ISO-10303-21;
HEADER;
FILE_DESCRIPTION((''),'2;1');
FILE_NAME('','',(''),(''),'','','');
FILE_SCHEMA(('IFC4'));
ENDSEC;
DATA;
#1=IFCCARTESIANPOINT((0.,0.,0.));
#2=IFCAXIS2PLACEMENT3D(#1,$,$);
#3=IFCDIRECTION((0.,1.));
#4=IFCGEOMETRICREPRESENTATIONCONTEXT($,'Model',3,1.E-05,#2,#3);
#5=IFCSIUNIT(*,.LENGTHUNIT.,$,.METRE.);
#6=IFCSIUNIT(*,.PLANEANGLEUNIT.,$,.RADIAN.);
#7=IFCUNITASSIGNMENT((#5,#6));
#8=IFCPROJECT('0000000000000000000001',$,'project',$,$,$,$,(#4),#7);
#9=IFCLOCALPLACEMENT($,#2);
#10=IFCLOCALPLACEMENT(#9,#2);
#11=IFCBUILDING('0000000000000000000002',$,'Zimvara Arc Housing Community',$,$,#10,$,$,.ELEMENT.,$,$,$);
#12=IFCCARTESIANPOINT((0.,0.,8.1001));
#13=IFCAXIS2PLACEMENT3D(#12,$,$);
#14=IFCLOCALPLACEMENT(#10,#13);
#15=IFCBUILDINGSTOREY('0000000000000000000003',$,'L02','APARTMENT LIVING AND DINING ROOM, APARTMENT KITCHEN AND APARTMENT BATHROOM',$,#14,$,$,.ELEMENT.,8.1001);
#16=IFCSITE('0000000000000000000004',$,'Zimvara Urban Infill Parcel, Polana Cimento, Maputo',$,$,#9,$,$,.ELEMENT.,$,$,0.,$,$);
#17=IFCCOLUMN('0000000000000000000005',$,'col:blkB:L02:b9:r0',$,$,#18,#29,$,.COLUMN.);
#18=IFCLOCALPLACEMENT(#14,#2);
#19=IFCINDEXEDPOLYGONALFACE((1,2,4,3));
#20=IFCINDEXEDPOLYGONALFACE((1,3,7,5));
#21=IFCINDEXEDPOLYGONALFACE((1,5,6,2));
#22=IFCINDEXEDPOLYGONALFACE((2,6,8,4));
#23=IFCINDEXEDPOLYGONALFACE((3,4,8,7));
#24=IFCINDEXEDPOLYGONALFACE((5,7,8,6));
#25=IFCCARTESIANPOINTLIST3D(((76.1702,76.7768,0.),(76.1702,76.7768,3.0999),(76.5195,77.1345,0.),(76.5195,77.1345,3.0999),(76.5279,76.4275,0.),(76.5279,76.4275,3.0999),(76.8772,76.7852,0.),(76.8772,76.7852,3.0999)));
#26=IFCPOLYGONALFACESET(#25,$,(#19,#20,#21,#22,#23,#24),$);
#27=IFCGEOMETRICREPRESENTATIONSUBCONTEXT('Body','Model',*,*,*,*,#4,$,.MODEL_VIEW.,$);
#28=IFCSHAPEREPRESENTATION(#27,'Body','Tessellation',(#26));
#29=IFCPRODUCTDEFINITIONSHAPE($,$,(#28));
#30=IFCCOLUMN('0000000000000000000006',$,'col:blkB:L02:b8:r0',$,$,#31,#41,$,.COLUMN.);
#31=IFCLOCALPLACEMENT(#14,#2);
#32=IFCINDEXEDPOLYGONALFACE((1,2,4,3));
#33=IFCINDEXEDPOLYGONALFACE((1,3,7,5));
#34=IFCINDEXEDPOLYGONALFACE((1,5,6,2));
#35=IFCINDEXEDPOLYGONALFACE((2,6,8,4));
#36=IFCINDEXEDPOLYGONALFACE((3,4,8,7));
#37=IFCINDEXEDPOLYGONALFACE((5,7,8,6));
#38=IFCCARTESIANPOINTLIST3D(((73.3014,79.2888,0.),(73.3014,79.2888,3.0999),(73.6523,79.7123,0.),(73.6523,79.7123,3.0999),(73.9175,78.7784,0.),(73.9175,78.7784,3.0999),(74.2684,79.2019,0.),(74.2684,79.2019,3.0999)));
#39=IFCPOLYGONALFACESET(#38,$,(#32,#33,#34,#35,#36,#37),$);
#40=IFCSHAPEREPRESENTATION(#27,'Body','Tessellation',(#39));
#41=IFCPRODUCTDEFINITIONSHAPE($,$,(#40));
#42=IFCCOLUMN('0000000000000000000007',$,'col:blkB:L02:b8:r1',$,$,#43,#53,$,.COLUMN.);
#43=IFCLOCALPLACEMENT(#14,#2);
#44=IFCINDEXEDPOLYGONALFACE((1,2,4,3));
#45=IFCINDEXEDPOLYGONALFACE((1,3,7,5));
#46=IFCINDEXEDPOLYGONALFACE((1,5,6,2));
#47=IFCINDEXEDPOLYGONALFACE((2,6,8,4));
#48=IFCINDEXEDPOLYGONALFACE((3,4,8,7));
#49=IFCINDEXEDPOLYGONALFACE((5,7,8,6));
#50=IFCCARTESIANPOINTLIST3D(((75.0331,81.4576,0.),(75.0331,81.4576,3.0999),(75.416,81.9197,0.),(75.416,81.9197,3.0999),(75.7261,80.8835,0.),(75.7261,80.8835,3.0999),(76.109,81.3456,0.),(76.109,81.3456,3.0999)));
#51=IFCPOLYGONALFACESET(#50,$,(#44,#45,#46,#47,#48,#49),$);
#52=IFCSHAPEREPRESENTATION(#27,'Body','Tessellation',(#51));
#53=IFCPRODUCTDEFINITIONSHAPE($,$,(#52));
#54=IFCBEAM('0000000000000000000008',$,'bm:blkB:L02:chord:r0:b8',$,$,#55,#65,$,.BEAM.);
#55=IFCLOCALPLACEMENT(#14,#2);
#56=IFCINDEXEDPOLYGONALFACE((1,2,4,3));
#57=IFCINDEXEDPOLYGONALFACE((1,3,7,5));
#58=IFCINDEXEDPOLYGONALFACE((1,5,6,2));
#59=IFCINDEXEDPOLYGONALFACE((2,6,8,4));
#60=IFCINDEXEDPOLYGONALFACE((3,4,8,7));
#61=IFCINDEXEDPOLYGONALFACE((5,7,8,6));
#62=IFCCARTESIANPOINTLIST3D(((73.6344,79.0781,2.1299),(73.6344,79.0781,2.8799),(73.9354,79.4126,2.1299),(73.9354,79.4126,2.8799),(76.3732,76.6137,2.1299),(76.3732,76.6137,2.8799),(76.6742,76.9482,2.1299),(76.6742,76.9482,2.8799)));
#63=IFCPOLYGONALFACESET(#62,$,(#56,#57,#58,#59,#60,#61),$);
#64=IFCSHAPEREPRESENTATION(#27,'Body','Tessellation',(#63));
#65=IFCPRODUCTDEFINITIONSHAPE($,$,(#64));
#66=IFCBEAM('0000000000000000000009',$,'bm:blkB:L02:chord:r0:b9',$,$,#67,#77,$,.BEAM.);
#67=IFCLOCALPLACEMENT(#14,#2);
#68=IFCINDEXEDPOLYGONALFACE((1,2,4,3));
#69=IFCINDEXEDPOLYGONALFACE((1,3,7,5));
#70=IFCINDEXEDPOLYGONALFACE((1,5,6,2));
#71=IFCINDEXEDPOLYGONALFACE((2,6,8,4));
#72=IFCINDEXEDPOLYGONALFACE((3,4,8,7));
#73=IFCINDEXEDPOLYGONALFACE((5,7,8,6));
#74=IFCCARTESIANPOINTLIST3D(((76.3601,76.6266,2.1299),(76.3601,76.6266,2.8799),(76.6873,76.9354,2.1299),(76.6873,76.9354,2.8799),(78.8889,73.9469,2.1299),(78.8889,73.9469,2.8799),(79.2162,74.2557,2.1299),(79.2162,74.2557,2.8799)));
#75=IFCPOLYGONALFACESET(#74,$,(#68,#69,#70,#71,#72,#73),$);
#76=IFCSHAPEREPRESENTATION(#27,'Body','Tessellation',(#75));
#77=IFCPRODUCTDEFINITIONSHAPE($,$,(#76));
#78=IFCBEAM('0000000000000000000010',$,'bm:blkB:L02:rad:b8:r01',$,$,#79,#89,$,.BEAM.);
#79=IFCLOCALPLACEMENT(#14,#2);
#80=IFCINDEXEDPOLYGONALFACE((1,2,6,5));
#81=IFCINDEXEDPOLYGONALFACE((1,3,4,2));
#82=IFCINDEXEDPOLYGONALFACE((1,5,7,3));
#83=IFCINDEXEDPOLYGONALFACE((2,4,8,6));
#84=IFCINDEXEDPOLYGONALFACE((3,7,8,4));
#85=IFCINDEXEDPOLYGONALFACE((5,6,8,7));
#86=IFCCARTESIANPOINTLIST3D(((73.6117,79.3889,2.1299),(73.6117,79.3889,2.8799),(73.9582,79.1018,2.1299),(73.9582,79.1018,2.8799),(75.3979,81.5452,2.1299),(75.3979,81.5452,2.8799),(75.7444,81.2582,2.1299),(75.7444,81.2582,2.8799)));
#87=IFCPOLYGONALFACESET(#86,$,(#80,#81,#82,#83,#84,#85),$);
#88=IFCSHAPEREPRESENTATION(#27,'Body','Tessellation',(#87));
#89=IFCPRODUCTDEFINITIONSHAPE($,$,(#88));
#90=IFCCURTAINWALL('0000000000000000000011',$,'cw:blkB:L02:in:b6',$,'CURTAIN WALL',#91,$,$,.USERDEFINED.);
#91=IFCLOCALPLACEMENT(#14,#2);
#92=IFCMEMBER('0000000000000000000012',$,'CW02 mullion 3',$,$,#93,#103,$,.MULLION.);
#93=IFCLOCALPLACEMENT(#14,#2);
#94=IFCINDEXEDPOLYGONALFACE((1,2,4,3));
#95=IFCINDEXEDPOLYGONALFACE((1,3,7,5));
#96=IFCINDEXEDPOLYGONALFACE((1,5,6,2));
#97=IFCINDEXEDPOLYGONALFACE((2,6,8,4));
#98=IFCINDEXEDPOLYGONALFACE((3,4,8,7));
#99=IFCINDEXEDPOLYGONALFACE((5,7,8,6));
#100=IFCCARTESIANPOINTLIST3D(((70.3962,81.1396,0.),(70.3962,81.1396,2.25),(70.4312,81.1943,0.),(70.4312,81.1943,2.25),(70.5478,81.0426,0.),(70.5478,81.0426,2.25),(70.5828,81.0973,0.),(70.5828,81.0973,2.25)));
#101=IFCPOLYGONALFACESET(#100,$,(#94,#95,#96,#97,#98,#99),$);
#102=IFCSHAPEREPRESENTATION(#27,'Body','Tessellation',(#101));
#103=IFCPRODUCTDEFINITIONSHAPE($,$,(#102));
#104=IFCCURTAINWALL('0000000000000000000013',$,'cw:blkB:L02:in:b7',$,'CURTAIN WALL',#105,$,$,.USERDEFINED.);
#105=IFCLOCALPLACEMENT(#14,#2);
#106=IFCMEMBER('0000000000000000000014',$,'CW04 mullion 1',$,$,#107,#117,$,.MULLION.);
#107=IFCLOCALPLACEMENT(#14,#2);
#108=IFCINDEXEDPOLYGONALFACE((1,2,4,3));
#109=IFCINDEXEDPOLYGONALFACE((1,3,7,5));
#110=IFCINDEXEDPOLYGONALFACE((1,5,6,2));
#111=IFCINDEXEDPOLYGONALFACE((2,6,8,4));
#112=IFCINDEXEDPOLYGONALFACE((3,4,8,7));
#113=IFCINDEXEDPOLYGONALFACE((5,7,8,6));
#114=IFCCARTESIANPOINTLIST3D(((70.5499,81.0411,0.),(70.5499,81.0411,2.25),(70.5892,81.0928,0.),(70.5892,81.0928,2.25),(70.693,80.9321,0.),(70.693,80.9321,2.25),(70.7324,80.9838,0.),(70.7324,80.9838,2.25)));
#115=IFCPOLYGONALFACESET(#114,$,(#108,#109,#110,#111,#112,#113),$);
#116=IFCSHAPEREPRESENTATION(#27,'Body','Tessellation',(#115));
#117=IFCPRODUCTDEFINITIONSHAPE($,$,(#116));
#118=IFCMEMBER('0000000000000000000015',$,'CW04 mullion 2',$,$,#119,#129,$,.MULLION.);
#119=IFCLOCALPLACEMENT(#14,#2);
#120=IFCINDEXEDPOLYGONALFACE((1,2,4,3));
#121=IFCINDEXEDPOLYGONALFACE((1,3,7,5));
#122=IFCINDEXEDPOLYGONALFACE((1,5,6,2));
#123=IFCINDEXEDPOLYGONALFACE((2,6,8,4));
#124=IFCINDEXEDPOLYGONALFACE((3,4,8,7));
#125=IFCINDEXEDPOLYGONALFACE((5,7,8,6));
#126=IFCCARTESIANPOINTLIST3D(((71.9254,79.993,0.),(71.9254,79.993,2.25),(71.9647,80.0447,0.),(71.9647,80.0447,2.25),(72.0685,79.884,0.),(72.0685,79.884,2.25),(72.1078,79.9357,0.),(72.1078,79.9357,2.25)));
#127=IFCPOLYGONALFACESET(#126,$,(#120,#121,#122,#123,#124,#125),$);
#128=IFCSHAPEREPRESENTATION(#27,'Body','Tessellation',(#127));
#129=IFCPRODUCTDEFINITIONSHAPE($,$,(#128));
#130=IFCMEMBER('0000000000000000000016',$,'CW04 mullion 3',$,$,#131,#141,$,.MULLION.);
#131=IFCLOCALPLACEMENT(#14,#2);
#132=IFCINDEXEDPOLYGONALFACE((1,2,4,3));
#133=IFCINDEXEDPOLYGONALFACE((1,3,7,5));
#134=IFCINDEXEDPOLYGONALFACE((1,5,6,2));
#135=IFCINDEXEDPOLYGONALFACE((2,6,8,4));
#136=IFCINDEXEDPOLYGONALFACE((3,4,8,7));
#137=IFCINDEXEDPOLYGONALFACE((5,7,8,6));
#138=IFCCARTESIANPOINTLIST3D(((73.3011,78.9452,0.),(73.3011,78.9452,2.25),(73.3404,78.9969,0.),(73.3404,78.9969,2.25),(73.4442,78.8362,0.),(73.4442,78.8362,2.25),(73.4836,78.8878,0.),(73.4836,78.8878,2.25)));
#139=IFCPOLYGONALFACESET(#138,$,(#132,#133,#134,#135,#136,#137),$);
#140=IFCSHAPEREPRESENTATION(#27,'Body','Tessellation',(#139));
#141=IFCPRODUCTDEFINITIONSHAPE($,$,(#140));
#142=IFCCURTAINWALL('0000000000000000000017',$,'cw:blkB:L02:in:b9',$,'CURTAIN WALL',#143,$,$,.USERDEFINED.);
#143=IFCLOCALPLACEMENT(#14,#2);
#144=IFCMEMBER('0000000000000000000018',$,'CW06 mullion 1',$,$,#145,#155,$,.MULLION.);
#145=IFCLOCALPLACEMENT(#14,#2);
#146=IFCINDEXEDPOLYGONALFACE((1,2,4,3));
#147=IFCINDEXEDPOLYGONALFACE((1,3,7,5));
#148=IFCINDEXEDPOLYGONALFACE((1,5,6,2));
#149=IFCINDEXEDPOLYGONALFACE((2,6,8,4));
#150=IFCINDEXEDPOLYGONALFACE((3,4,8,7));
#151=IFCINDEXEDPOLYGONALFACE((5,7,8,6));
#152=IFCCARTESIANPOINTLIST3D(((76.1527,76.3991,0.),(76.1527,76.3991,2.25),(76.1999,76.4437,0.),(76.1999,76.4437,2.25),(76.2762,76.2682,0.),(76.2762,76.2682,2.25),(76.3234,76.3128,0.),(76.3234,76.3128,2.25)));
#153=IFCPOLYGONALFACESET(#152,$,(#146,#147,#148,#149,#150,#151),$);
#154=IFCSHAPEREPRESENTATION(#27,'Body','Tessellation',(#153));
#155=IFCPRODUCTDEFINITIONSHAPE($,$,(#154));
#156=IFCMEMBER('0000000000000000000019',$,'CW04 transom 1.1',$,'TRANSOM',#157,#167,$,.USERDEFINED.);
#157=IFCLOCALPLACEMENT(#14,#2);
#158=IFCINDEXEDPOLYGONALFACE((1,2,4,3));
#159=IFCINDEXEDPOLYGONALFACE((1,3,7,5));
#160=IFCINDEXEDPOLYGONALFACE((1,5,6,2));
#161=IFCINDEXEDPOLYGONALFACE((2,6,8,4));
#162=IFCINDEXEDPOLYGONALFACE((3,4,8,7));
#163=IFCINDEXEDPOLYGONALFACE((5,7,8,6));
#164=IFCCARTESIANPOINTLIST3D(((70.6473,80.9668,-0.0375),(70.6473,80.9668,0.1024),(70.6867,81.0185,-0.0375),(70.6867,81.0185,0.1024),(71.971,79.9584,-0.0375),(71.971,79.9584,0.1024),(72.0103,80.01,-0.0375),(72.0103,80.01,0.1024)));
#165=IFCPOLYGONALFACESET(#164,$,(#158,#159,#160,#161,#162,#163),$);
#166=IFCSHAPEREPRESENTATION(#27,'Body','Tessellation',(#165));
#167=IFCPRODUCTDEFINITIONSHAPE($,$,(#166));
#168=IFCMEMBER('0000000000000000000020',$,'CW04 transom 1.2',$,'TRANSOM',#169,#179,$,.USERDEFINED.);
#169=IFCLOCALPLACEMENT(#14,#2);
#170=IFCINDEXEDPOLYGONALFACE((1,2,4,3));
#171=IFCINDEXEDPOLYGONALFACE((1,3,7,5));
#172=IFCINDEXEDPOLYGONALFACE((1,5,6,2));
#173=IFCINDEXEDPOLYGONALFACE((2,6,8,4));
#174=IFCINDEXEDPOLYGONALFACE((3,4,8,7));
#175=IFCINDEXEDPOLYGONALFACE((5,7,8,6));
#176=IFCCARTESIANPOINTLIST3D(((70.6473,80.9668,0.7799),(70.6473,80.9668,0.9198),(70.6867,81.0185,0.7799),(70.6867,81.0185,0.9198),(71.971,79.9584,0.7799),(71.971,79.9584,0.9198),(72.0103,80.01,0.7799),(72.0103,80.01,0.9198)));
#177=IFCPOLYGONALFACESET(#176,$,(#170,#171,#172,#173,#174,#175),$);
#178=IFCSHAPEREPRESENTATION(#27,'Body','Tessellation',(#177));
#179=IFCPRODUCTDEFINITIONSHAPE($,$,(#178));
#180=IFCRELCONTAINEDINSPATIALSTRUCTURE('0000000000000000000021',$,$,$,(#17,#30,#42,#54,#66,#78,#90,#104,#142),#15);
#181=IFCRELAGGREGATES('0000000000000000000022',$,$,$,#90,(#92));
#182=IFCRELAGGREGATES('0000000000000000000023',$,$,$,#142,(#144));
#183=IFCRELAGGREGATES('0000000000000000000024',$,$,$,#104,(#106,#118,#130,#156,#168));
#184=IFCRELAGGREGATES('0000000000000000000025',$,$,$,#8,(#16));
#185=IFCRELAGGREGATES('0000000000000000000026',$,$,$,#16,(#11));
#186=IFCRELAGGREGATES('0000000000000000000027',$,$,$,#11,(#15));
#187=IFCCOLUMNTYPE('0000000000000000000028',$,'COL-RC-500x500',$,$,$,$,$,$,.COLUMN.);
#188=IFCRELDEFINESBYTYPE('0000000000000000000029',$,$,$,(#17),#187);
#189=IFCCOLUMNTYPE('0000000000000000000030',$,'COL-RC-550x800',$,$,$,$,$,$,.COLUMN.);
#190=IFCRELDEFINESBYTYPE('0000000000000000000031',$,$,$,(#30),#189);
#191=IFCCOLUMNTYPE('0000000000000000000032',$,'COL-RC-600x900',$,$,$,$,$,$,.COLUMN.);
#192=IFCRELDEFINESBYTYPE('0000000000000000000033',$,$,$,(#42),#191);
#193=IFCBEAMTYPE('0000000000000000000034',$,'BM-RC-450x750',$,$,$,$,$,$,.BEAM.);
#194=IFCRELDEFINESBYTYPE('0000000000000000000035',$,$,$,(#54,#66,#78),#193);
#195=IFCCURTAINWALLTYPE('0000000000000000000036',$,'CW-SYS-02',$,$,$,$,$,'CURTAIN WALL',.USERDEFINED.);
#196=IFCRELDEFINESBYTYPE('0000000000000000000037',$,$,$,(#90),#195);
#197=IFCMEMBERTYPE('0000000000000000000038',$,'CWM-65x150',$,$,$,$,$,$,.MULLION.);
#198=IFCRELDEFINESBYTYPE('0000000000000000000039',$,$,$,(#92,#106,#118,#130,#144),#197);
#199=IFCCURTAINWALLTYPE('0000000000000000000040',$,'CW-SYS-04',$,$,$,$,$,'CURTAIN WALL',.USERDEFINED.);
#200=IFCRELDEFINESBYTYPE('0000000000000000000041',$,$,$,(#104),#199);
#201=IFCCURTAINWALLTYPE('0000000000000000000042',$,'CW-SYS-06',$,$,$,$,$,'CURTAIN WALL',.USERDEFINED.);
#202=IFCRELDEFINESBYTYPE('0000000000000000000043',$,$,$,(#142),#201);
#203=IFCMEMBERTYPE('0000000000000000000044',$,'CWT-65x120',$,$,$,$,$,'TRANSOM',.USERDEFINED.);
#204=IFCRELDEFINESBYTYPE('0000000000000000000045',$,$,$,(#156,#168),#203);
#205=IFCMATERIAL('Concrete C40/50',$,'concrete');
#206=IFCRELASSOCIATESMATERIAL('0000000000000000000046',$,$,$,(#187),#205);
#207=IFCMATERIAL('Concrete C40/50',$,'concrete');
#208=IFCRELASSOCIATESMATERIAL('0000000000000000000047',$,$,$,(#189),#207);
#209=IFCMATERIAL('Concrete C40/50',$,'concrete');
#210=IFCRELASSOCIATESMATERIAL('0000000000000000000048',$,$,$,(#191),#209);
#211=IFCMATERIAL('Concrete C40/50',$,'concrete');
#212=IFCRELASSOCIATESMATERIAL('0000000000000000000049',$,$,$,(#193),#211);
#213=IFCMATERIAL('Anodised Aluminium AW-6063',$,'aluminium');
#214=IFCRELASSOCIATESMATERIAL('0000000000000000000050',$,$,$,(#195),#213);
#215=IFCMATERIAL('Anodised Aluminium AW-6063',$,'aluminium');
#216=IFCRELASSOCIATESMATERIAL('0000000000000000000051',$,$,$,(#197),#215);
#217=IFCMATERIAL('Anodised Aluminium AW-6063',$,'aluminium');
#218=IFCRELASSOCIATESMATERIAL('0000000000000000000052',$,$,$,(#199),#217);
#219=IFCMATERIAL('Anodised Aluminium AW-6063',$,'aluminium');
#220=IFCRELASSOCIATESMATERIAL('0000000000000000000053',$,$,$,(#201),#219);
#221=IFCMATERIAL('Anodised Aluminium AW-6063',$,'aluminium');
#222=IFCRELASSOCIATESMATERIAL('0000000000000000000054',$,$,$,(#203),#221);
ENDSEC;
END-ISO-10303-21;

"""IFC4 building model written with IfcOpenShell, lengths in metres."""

from ifc_helpers import new_model, si_unit, direction, frame, origin, origin_2d, place, context, subcontext, project, spatial, rectangle, extrude, material, material_profile, profile_set, type_object, element, aggregate, save


model = new_model("IFC4")

# Units and contexts
model_context = context("Model", 3, precision=1e-05, world=origin(), true_north=direction((0.0, 1.0)))
body_context = subcontext(model_context, "Body", "Model", "MODEL_VIEW")
ifc_project = project(units=[si_unit("LENGTHUNIT", "METRE"), si_unit("PLANEANGLEUNIT", "RADIAN")], contexts=[model_context])

# Site, building, storey
site_placement = place(None, origin())
site = spatial("IfcSite", under=ifc_project, at=site_placement, Name="Zimvara Urban Infill Parcel, Polana Cimento, Maputo", CompositionType="ELEMENT", RefElevation=0.0)
building_placement = place(site_placement, origin())
building = spatial("IfcBuilding", under=site, at=building_placement, Name="Zimvara Arc Housing Community", CompositionType="ELEMENT")
storey_placement = place(building_placement, frame((0.0, 0.0, 8.1001)))
storey = spatial("IfcBuildingStorey", under=building, at=storey_placement, Name="L02", Description="APARTMENT LIVING AND DINING ROOM, APARTMENT KITCHEN AND APARTMENT BATHROOM", CompositionType="ELEMENT", Elevation=8.1001)

# Columns
ifc_material_1 = material(Name="Concrete C40/50", Category="concrete")
ifc_material_profile_1 = material_profile(ifc_material_1, rectangle(XDim=0.5, YDim=0.5, at=origin_2d()), Name="RC 500x500")
ifc_profile_set_1 = profile_set([ifc_material_profile_1], Name="Concrete C40/50")
column_type_1 = type_object("IfcColumnType", Name="COL-RC-500x500", PredefinedType="COLUMN", material=ifc_profile_set_1)
column_1_placement = place(storey_placement, frame((76.5237, 76.781, 0.0), z_axis=(0.0, 0.0, 1.0), x_axis=(0.698665, 0.715449, 0.0)))
element("IfcColumn", 1, at=column_1_placement, inside=storey, type_object=column_type_1, Name="col:blkB:L02:b9:r0", PredefinedType="COLUMN", context=body_context, shape_type="SweptSolid", body=[
    extrude(rectangle(XDim=0.5, YDim=0.5, at=origin_2d()), origin(), (0.0, 0.0, 1.0), 3.0999),
])
ifc_material_2 = material(Name="Concrete C40/50", Category="concrete")
ifc_material_profile_2 = material_profile(ifc_material_2, rectangle(XDim=0.55, YDim=0.8, at=origin_2d()), Name="RC 550x800")
ifc_profile_set_2 = profile_set([ifc_material_profile_2], Name="Concrete C40/50")
column_type_2 = type_object("IfcColumnType", Name="COL-RC-550x800", PredefinedType="COLUMN", material=ifc_profile_set_2)
column_2_placement = place(storey_placement, frame((73.7849, 79.2454, 0.0), z_axis=(0.0, 0.0, 1.0), x_axis=(0.637962, 0.770068, 0.0)))
element("IfcColumn", 2, at=column_2_placement, inside=storey, type_object=column_type_2, Name="col:blkB:L02:b8:r0", PredefinedType="COLUMN", context=body_context, shape_type="SweptSolid", body=[
    extrude(rectangle(XDim=0.55, YDim=0.8, at=origin_2d()), origin(), (0.0, 0.0, 1.0), 3.0999),
])
ifc_material_3 = material(Name="Concrete C40/50", Category="concrete")
ifc_material_profile_3 = material_profile(ifc_material_3, rectangle(XDim=0.6001, YDim=0.8999, at=origin_2d()), Name="RC 600x900")
ifc_profile_set_3 = profile_set([ifc_material_profile_3], Name="Concrete C40/50")
column_type_3 = type_object("IfcColumnType", Name="COL-RC-600x900", PredefinedType="COLUMN", material=ifc_profile_set_3)
column_3_placement = place(storey_placement, frame((75.571, 81.4016, 0.0), z_axis=(0.0, 0.0, 1.0), x_axis=(0.637962, 0.770068, 0.0)))
element("IfcColumn", 3, at=column_3_placement, inside=storey, type_object=column_type_3, Name="col:blkB:L02:b8:r1", PredefinedType="COLUMN", context=body_context, shape_type="SweptSolid", body=[
    extrude(rectangle(XDim=0.6001, YDim=0.8999, at=origin_2d()), origin(), (0.0, 0.0, 1.0), 3.0999),
])

# Beams
ifc_material_4 = material(Name="Concrete C40/50", Category="concrete")
ifc_material_profile_4 = material_profile(ifc_material_4, rectangle(XDim=0.45, YDim=0.75, at=origin_2d()), Name="RC 450x750")
ifc_profile_set_4 = profile_set([ifc_material_profile_4], Name="Concrete C40/50")
beam_type = type_object("IfcBeamType", Name="BM-RC-450x750", PredefinedType="BEAM", material=ifc_profile_set_4)
beam_1_placement = place(storey_placement, frame((73.7849, 79.2454, 2.5049), z_axis=(0.743367, -0.668884, 0.0), x_axis=(0.668884, 0.743367, 0.0)))
element("IfcBeam", 4, at=beam_1_placement, inside=storey, type_object=beam_type, Name="bm:blkB:L02:chord:r0:b8", PredefinedType="BEAM", context=body_context, shape_type="SweptSolid", body=[
    extrude(rectangle(XDim=0.45, YDim=0.75, at=origin_2d()), origin(), (0.0, 0.0, 1.0), 3.6843),
])
beam_2_placement = place(storey_placement, frame((76.5237, 76.781, 2.5049), z_axis=(0.686336, -0.727285, 0.0), x_axis=(0.727285, 0.686336, 0.0)))
element("IfcBeam", 5, at=beam_2_placement, inside=storey, type_object=beam_type, Name="bm:blkB:L02:chord:r0:b9", PredefinedType="BEAM", context=body_context, shape_type="SweptSolid", body=[
    extrude(rectangle(XDim=0.45, YDim=0.75, at=origin_2d()), origin(), (0.0, 0.0, 1.0), 3.6846),
])
beam_3_placement = place(storey_placement, frame((73.7849, 79.2454, 2.5049), z_axis=(0.637917, 0.770105, 0.0), x_axis=(-0.770105, 0.637917, 0.0)))
element("IfcBeam", 6, at=beam_3_placement, inside=storey, type_object=beam_type, Name="bm:blkB:L02:rad:b8:r01", PredefinedType="BEAM", context=body_context, shape_type="SweptSolid", body=[
    extrude(rectangle(XDim=0.45, YDim=0.75, at=origin_2d()), origin(), (0.0, 0.0, 1.0), 2.8),
])

# Curtain wall, member
ifc_material_5 = material(Name="Anodised Aluminium AW-6063", Category="aluminium")
curtain_wall_type_1 = type_object("IfcCurtainWallType", Name="CW-SYS-02", ElementType="CURTAIN WALL", PredefinedType="USERDEFINED", material=ifc_material_5)
curtain_wall_1_placement = place(storey_placement, origin())
curtain_wall_1 = element("IfcCurtainWall", 7, at=curtain_wall_1_placement, inside=storey, type_object=curtain_wall_type_1, Name="cw:blkB:L02:in:b6", ObjectType="CURTAIN WALL", PredefinedType="USERDEFINED")
ifc_material_6 = material(Name="Anodised Aluminium AW-6063", Category="aluminium")
ifc_material_profile_5 = material_profile(ifc_material_6, rectangle(XDim=0.0649, YDim=0.1799, at=origin_2d()), Name="ALU 65x180")
ifc_profile_set_5 = profile_set([ifc_material_profile_5], Name="Anodised Aluminium AW-6063")
member_type_1 = type_object("IfcMemberType", Name="CWM-65x150", PredefinedType="MULLION", material=ifc_profile_set_5)
member_1_placement = place(storey_placement, frame((70.4895, 81.1184, 0.0), z_axis=(0.0, 0.0, 1.0), x_axis=(0.539064, 0.842265, 0.0)))
member_1 = element("IfcMember", 8, at=member_1_placement, type_object=member_type_1, Name="CW02 mullion 3", PredefinedType="MULLION", context=body_context, shape_type="SweptSolid", body=[
    extrude(rectangle(XDim=0.0649, YDim=0.1799, at=origin_2d()), origin(), (0.0, 0.0, 1.0), 2.25),
])
aggregate(curtain_wall_1, [member_1])

# Curtain wall, members
ifc_material_7 = material(Name="Anodised Aluminium AW-6063", Category="aluminium")
curtain_wall_type_2 = type_object("IfcCurtainWallType", Name="CW-SYS-04", ElementType="CURTAIN WALL", PredefinedType="USERDEFINED", material=ifc_material_7)
curtain_wall_2_placement = place(storey_placement, origin())
curtain_wall_2 = element("IfcCurtainWall", 9, at=curtain_wall_2_placement, inside=storey, type_object=curtain_wall_type_2, Name="cw:blkB:L02:in:b7", ObjectType="CURTAIN WALL", PredefinedType="USERDEFINED")
member_2_placement = place(storey_placement, frame((70.6411, 81.0125, 0.0), z_axis=(0.0, 0.0, 1.0), x_axis=(0.605988, 0.795474, 0.0)))
member_2 = element("IfcMember", 10, at=member_2_placement, type_object=member_type_1, Name="CW04 mullion 1", PredefinedType="MULLION", context=body_context, shape_type="SweptSolid", body=[
    extrude(rectangle(XDim=0.0649, YDim=0.1799, at=origin_2d()), origin(), (0.0, 0.0, 1.0), 2.25),
])
member_3_placement = place(storey_placement, frame((72.0166, 79.9644, 0.0), z_axis=(0.0, 0.0, 1.0), x_axis=(0.605988, 0.795474, 0.0)))
member_3 = element("IfcMember", 11, at=member_3_placement, type_object=member_type_1, Name="CW04 mullion 2", PredefinedType="MULLION", context=body_context, shape_type="SweptSolid", body=[
    extrude(rectangle(XDim=0.0649, YDim=0.1799, at=origin_2d()), origin(), (0.0, 0.0, 1.0), 2.25),
])
member_4_placement = place(storey_placement, frame((73.3923, 78.9165, 0.0), z_axis=(0.0, 0.0, 1.0), x_axis=(0.605988, 0.795474, 0.0)))
member_4 = element("IfcMember", 12, at=member_4_placement, type_object=member_type_1, Name="CW04 mullion 3", PredefinedType="MULLION", context=body_context, shape_type="SweptSolid", body=[
    extrude(rectangle(XDim=0.0649, YDim=0.1799, at=origin_2d()), origin(), (0.0, 0.0, 1.0), 2.25),
])

# Curtain wall, member
ifc_material_8 = material(Name="Anodised Aluminium AW-6063", Category="aluminium")
curtain_wall_type_3 = type_object("IfcCurtainWallType", Name="CW-SYS-06", ElementType="CURTAIN WALL", PredefinedType="USERDEFINED", material=ifc_material_8)
curtain_wall_3_placement = place(storey_placement, origin())
curtain_wall_3 = element("IfcCurtainWall", 13, at=curtain_wall_3_placement, inside=storey, type_object=curtain_wall_type_3, Name="cw:blkB:L02:in:b9", ObjectType="CURTAIN WALL", PredefinedType="USERDEFINED")
member_5_placement = place(storey_placement, frame((76.238, 76.356, 0.0), z_axis=(0.0, 0.0, 1.0), x_axis=(0.727293, 0.686327, 0.0)))
member_5 = element("IfcMember", 14, at=member_5_placement, type_object=member_type_1, Name="CW06 mullion 1", PredefinedType="MULLION", context=body_context, shape_type="SweptSolid", body=[
    extrude(rectangle(XDim=0.0649, YDim=0.1799, at=origin_2d()), origin(), (0.0, 0.0, 1.0), 2.25),
])

# Members
ifc_material_9 = material(Name="Anodised Aluminium AW-6063", Category="aluminium")
ifc_material_profile_6 = material_profile(ifc_material_9, rectangle(XDim=0.0649, YDim=0.1399, at=origin_2d()), Name="ALU 65x140")
ifc_profile_set_6 = profile_set([ifc_material_profile_6], Name="Anodised Aluminium AW-6063")
member_type_2 = type_object("IfcMemberType", Name="CWT-65x120", ElementType="TRANSOM", PredefinedType="USERDEFINED", material=ifc_profile_set_6)
member_6_placement = place(storey_placement, frame((70.667, 80.9927, 0.0325), z_axis=(0.795435, -0.606039, 0.0), x_axis=(0.606039, 0.795435, 0.0)))
member_6 = element("IfcMember", 15, at=member_6_placement, type_object=member_type_2, Name="CW04 transom 1.1", ObjectType="TRANSOM", PredefinedType="USERDEFINED", context=body_context, shape_type="SweptSolid", body=[
    extrude(rectangle(XDim=0.0649, YDim=0.1399, at=origin_2d()), origin(), (0.0, 0.0, 1.0), 1.6641),
])
member_7_placement = place(storey_placement, frame((70.667, 80.9927, 0.8499), z_axis=(0.795435, -0.606039, 0.0), x_axis=(0.606039, 0.795435, 0.0)))
member_7 = element("IfcMember", 16, at=member_7_placement, type_object=member_type_2, Name="CW04 transom 1.2", ObjectType="TRANSOM", PredefinedType="USERDEFINED", context=body_context, shape_type="SweptSolid", body=[
    extrude(rectangle(XDim=0.0649, YDim=0.1399, at=origin_2d()), origin(), (0.0, 0.0, 1.0), 1.6641),
])
aggregate(curtain_wall_3, [member_5])

aggregate(curtain_wall_2, [member_2, member_3, member_4, member_6, member_7])

save(model, "model.ifc")
